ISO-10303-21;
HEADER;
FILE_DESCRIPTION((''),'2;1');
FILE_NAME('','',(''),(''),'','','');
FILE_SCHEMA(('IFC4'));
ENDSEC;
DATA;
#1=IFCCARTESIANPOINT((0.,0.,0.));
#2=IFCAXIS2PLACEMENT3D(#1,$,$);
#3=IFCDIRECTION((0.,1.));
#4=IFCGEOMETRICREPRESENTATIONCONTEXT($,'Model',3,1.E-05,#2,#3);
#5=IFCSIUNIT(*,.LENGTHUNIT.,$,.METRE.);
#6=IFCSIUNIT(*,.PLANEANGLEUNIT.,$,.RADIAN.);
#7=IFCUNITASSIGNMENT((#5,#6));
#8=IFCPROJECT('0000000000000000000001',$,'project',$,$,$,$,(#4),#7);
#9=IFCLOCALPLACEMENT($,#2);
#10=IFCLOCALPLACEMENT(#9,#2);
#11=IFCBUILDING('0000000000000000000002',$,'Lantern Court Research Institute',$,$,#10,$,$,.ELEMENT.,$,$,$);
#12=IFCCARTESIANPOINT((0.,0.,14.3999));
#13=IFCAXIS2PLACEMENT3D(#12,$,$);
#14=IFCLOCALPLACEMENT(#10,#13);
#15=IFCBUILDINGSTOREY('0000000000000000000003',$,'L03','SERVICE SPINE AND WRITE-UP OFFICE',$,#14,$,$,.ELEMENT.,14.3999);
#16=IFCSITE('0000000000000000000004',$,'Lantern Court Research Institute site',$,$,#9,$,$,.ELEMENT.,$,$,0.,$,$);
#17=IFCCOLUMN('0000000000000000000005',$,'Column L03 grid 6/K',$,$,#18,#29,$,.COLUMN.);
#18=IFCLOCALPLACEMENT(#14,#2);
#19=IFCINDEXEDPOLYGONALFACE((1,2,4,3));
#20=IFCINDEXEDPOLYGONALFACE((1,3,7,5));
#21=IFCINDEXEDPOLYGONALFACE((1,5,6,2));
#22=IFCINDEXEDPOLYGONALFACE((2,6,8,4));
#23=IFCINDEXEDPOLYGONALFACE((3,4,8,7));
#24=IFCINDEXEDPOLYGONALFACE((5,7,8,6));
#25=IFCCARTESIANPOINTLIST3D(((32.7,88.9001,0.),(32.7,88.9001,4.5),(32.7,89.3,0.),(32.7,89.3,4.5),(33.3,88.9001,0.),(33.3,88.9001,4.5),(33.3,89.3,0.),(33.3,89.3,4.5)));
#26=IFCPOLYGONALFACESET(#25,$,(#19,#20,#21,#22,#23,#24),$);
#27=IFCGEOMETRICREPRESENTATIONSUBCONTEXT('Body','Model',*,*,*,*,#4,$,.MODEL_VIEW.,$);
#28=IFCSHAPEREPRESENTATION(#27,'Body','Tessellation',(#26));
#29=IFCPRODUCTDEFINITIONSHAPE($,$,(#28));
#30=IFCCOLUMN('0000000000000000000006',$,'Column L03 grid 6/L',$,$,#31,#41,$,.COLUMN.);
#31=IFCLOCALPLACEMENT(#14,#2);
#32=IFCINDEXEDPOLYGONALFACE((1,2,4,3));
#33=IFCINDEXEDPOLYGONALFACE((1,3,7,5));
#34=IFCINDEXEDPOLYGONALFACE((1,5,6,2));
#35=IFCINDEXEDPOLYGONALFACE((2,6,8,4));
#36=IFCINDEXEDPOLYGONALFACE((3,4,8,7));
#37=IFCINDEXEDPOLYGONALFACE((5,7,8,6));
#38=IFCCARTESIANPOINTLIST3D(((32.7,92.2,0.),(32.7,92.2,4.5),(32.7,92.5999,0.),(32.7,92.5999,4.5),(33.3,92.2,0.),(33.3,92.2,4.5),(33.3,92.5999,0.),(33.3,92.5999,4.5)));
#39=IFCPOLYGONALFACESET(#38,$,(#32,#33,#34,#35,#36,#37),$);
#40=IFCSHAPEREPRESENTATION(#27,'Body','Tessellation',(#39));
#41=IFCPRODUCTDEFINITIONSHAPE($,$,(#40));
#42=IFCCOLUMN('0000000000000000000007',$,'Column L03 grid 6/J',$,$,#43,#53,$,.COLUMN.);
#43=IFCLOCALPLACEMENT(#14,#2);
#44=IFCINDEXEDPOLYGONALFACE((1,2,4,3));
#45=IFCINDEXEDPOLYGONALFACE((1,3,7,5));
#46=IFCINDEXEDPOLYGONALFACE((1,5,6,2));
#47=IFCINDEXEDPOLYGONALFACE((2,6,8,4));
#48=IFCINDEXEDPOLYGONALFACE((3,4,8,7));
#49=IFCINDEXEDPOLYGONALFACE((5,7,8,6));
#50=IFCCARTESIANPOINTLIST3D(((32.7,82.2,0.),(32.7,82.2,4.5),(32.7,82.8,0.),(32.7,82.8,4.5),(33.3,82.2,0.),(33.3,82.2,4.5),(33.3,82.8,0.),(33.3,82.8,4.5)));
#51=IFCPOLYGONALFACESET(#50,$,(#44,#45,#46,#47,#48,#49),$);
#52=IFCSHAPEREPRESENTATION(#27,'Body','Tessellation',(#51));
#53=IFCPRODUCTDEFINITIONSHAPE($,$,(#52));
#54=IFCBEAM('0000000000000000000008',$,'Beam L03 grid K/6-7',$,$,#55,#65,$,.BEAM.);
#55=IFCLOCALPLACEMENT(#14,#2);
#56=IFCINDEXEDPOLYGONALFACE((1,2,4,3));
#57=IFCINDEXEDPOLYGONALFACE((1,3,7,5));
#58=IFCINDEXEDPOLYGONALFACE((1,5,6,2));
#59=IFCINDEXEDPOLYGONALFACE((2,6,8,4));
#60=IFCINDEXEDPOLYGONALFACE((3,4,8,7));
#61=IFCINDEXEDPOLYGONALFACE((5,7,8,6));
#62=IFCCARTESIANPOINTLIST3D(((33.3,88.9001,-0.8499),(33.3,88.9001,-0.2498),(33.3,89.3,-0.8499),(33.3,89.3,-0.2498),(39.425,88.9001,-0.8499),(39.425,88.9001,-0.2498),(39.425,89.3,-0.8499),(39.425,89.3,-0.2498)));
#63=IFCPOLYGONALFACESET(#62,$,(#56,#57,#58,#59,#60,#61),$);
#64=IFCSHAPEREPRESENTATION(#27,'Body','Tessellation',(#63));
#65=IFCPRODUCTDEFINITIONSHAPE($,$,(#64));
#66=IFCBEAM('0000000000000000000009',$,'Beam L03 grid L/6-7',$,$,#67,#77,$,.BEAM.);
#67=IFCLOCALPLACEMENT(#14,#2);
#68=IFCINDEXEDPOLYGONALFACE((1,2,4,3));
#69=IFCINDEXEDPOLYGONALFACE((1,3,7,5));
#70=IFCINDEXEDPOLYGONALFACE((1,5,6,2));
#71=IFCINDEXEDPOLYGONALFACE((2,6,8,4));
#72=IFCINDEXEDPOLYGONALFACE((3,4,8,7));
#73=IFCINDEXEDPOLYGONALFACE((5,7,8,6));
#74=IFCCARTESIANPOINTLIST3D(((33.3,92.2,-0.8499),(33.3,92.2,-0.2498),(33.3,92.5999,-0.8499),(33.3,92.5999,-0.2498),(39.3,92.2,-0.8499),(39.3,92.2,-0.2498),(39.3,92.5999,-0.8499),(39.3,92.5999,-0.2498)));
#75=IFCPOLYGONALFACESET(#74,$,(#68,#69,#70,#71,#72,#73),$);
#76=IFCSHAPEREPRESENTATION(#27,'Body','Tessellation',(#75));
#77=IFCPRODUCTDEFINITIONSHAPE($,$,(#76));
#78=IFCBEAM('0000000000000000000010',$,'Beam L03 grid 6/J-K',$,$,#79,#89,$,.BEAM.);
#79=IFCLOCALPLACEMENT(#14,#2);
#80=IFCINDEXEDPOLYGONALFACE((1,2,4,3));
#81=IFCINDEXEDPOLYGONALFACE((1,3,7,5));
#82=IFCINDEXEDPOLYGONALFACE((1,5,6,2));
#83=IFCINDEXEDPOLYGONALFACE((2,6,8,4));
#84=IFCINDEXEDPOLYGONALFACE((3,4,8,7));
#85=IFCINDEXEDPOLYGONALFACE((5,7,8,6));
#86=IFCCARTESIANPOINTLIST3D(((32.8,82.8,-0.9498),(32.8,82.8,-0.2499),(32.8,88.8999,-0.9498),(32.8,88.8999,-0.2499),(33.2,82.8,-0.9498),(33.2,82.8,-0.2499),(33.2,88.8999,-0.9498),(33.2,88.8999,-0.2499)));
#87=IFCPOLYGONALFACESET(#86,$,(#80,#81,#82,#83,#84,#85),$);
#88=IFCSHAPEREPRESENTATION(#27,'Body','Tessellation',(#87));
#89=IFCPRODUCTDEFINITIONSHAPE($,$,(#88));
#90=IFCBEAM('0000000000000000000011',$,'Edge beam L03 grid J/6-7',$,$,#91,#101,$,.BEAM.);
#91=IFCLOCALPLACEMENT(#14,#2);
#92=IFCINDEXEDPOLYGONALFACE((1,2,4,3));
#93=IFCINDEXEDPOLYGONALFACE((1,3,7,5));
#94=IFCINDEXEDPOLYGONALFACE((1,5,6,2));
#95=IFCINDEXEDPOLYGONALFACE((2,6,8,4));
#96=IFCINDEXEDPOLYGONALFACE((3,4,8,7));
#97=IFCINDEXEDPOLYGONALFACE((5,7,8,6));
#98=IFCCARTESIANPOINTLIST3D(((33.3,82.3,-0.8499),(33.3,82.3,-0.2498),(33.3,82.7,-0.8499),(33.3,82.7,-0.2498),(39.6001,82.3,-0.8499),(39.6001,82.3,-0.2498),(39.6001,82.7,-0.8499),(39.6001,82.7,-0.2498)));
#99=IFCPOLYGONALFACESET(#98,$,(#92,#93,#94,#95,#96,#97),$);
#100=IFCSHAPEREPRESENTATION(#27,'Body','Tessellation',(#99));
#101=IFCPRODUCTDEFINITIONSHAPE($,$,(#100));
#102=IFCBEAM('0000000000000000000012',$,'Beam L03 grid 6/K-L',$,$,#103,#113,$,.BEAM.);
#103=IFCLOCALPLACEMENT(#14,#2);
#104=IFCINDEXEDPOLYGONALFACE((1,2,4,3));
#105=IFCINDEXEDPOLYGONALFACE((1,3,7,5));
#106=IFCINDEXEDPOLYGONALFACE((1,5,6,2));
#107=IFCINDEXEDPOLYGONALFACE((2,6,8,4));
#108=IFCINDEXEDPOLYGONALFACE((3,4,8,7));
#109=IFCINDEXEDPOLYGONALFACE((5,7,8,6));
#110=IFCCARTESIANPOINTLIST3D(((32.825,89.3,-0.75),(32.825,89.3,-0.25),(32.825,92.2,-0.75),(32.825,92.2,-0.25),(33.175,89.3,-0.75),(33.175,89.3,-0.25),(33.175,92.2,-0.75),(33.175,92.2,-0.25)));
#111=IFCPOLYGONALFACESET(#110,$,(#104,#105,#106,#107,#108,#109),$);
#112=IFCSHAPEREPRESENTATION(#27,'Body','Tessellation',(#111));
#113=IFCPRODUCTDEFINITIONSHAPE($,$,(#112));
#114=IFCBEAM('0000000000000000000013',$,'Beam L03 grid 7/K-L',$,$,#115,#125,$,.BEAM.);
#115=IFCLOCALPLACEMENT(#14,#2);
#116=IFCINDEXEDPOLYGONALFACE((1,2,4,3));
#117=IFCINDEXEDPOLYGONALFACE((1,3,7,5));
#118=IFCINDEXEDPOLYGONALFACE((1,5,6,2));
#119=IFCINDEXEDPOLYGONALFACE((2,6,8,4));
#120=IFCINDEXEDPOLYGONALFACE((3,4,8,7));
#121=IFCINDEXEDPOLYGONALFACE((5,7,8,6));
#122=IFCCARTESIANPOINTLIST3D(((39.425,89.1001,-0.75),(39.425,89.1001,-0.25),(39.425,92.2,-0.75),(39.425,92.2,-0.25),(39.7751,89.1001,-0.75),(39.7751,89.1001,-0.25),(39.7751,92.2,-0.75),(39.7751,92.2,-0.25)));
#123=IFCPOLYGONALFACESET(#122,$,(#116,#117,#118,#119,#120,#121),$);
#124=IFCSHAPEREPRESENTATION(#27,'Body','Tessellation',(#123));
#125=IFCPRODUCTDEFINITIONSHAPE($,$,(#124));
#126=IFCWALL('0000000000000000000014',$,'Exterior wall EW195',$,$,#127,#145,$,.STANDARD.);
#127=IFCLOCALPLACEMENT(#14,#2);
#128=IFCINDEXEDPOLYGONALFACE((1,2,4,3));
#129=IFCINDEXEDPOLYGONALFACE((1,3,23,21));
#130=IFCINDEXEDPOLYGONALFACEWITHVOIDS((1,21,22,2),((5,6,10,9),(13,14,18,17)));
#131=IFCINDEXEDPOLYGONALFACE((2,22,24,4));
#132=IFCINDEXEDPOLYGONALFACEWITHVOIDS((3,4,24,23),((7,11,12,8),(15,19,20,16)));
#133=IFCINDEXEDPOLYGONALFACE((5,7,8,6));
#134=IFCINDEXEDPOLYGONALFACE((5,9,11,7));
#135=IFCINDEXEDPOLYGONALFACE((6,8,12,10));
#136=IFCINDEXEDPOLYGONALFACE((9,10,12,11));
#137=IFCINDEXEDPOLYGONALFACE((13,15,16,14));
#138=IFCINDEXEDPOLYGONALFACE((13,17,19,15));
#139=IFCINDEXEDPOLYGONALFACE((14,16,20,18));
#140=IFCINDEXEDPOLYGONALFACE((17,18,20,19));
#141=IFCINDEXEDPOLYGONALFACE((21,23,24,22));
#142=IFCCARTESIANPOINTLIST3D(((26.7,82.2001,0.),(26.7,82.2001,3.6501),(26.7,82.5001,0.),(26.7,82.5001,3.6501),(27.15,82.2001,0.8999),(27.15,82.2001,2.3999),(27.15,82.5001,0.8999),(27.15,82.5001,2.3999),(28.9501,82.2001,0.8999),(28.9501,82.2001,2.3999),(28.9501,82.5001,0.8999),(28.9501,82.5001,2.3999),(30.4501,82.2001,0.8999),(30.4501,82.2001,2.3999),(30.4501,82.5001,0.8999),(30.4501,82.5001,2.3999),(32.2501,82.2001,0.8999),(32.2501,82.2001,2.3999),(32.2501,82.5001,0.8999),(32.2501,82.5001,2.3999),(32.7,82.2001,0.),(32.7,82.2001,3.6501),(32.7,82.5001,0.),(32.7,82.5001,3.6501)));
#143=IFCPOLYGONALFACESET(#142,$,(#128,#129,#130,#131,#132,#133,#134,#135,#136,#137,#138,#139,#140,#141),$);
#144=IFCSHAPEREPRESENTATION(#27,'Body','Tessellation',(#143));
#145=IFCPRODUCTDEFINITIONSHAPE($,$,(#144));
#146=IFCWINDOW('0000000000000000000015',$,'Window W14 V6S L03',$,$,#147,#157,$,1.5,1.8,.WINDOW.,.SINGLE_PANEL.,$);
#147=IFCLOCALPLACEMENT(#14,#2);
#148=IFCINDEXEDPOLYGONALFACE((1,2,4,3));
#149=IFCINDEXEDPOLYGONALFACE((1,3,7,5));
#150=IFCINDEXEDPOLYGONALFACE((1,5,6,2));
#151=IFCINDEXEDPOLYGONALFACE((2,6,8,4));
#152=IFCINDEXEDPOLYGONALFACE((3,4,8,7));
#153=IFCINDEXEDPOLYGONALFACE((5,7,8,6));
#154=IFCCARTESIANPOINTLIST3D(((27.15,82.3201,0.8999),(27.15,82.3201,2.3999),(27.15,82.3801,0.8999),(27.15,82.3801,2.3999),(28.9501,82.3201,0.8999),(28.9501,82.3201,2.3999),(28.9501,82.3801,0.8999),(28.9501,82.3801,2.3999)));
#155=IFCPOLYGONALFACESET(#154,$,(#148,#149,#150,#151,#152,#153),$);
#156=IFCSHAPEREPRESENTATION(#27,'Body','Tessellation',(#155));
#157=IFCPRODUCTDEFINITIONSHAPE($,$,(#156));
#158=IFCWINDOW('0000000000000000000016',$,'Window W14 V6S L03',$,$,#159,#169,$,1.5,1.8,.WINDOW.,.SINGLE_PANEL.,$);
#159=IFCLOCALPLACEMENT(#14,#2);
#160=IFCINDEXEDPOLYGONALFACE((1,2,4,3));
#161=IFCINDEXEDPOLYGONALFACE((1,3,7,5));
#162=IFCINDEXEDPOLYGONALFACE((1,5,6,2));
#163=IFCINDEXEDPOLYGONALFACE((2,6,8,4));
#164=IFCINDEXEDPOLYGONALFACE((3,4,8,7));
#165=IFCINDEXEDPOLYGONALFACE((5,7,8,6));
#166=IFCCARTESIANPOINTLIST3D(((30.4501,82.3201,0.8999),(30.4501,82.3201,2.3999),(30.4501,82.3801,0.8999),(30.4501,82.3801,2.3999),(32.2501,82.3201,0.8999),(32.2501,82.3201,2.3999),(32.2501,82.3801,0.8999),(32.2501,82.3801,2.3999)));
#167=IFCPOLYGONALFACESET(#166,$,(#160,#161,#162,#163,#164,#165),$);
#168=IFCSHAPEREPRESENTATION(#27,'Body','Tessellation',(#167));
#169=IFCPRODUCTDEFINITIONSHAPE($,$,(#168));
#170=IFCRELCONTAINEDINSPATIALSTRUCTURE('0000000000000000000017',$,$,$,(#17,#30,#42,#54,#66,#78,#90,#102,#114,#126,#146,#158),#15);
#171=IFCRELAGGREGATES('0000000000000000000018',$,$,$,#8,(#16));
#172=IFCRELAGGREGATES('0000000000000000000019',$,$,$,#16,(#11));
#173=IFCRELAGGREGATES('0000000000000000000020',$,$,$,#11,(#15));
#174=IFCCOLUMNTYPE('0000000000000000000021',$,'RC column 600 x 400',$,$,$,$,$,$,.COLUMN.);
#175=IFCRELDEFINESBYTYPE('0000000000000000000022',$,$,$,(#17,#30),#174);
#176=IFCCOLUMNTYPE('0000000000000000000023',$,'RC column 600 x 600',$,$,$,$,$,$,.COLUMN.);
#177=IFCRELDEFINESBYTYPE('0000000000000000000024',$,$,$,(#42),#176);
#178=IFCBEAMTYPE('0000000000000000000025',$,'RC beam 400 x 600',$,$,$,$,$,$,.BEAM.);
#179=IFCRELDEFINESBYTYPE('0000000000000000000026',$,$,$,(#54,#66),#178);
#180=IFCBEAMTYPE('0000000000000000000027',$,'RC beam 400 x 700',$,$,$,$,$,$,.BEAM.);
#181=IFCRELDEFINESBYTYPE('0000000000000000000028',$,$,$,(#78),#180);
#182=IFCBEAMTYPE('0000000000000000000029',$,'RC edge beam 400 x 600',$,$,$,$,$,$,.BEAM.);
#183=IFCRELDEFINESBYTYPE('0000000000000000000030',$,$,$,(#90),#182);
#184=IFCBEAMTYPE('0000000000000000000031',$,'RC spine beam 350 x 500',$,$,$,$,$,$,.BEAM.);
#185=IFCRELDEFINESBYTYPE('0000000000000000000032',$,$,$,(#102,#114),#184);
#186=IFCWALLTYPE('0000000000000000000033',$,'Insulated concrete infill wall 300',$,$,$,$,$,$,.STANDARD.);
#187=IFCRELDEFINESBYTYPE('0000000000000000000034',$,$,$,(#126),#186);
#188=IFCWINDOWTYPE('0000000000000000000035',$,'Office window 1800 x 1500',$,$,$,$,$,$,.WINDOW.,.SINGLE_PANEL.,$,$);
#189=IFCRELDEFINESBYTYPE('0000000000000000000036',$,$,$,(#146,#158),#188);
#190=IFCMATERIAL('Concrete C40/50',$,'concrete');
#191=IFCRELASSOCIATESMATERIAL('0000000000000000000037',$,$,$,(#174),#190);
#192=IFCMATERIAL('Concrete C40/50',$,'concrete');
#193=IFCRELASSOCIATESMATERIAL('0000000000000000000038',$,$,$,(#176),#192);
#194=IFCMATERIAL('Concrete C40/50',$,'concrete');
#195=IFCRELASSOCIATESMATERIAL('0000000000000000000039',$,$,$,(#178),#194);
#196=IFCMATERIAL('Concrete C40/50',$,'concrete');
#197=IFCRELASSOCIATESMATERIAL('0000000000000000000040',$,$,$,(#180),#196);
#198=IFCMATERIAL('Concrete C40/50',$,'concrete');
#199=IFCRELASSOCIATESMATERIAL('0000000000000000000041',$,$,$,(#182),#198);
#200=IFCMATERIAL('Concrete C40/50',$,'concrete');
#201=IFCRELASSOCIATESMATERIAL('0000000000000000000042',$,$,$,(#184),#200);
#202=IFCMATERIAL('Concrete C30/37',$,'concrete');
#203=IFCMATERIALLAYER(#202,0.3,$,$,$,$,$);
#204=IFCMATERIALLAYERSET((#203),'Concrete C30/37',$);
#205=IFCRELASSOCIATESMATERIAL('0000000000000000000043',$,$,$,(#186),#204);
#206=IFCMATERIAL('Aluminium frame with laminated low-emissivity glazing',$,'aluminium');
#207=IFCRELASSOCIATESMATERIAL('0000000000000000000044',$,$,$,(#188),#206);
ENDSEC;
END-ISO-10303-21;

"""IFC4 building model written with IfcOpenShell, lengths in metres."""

from ifc_helpers import new_model, si_unit, direction, frame, frame_2d, origin, origin_2d, place, context, subcontext, project, spatial, rectangle, extrude, material, layer, layer_set, material_profile, profile_set, type_object, element, fill, save


model = new_model("IFC4")

# Units and contexts
model_context = context("Model", 3, precision=1e-05, world=origin(), true_north=direction((0.0, 1.0)))
body_context = subcontext(model_context, "Body", "Model", "MODEL_VIEW")
ifc_project = project(units=[si_unit("LENGTHUNIT", "METRE"), si_unit("PLANEANGLEUNIT", "RADIAN")], contexts=[model_context])

# Site, building, storey
site_placement = place(None, origin())
site = spatial("IfcSite", under=ifc_project, at=site_placement, Name="Lantern Court Research Institute site", CompositionType="ELEMENT", RefElevation=0.0)
building_placement = place(site_placement, origin())
building = spatial("IfcBuilding", under=site, at=building_placement, Name="Lantern Court Research Institute", CompositionType="ELEMENT")
storey_placement = place(building_placement, frame((0.0, 0.0, 14.3999)))
storey = spatial("IfcBuildingStorey", under=building, at=storey_placement, Name="L03", Description="SERVICE SPINE AND WRITE-UP OFFICE", CompositionType="ELEMENT", Elevation=14.3999)

# Columns
ifc_material_1 = material(Name="Concrete C40/50", Category="concrete")
ifc_material_profile_1 = material_profile(ifc_material_1, rectangle(XDim=0.6001, YDim=0.3999, at=origin_2d()), Name="RC column 600 x 400")
ifc_profile_set_1 = profile_set([ifc_material_profile_1], Name="Concrete C40/50")
column_type_1 = type_object("IfcColumnType", Name="RC column 600 x 400", PredefinedType="COLUMN", material=ifc_profile_set_1)
for number, where, z_axis, x_axis, name in (
    (1, (33.0, 89.1001, 0.0), (0.0, 0.0, 1.0), (1.0, 0.0, 0.0), "Column L03 grid 6/K"),
    (2, (33.0, 92.3999, 0.0), (0.0, 0.0, 1.0), (1.0, 0.0, 0.0), "Column L03 grid 6/L"),
):
    element("IfcColumn", number, at=place(storey_placement, frame(where, z_axis=z_axis, x_axis=x_axis)), inside=storey, type_object=column_type_1, Name=name, PredefinedType="COLUMN", context=body_context, shape_type="SweptSolid", body=[
        extrude(rectangle(XDim=0.6001, YDim=0.3999, at=origin_2d()), origin(), (0.0, 0.0, 1.0), 4.5),
    ])
ifc_material_2 = material(Name="Concrete C40/50", Category="concrete")
ifc_material_profile_2 = material_profile(ifc_material_2, rectangle(XDim=0.6001, YDim=0.6001, at=origin_2d()), Name="RC column 600 x 600")
ifc_profile_set_2 = profile_set([ifc_material_profile_2], Name="Concrete C40/50")
column_type_2 = type_object("IfcColumnType", Name="RC column 600 x 600", PredefinedType="COLUMN", material=ifc_profile_set_2)
column_placement = place(storey_placement, frame((33.0, 82.5, 0.0), z_axis=(0.0, 0.0, 1.0), x_axis=(1.0, 0.0, 0.0)))
element("IfcColumn", 3, at=column_placement, inside=storey, type_object=column_type_2, Name="Column L03 grid 6/J", PredefinedType="COLUMN", context=body_context, shape_type="SweptSolid", body=[
    extrude(rectangle(XDim=0.6001, YDim=0.6001, at=origin_2d()), origin(), (0.0, 0.0, 1.0), 4.5),
])

# Beams
ifc_material_3 = material(Name="Concrete C40/50", Category="concrete")
ifc_material_profile_3 = material_profile(ifc_material_3, rectangle(XDim=0.3999, YDim=0.6001, at=origin_2d()), Name="RC beam 400 x 600")
ifc_profile_set_3 = profile_set([ifc_material_profile_3], Name="Concrete C40/50")
beam_type_1 = type_object("IfcBeamType", Name="RC beam 400 x 600", PredefinedType="BEAM", material=ifc_profile_set_3)
beam_1_placement = place(storey_placement, frame((33.3, 89.1001, -0.5498), z_axis=(1.0, 0.0, 0.0), x_axis=(0.0, 1.0, 0.0)))
element("IfcBeam", 4, at=beam_1_placement, inside=storey, type_object=beam_type_1, Name="Beam L03 grid K/6-7", PredefinedType="BEAM", context=body_context, shape_type="SweptSolid", body=[
    extrude(rectangle(XDim=0.3999, YDim=0.6001, at=origin_2d()), origin(), (0.0, 0.0, 1.0), 6.125),
])
beam_2_placement = place(storey_placement, frame((33.3, 92.3999, -0.5498), z_axis=(1.0, 0.0, 0.0), x_axis=(0.0, 1.0, 0.0)))
element("IfcBeam", 5, at=beam_2_placement, inside=storey, type_object=beam_type_1, Name="Beam L03 grid L/6-7", PredefinedType="BEAM", context=body_context, shape_type="SweptSolid", body=[
    extrude(rectangle(XDim=0.3999, YDim=0.6001, at=origin_2d()), origin(), (0.0, 0.0, 1.0), 6.0),
])
ifc_material_4 = material(Name="Concrete C40/50", Category="concrete")
ifc_material_profile_4 = material_profile(ifc_material_4, rectangle(XDim=0.3999, YDim=0.7, at=origin_2d()), Name="RC beam 400 x 700")
ifc_profile_set_4 = profile_set([ifc_material_profile_4], Name="Concrete C40/50")
beam_type_2 = type_object("IfcBeamType", Name="RC beam 400 x 700", PredefinedType="BEAM", material=ifc_profile_set_4)
beam_3_placement = place(storey_placement, frame((33.0, 82.8, -0.5999), z_axis=(0.0, 1.0, 0.0), x_axis=(-1.0, 0.0, 0.0)))
element("IfcBeam", 6, at=beam_3_placement, inside=storey, type_object=beam_type_2, Name="Beam L03 grid 6/J-K", PredefinedType="BEAM", context=body_context, shape_type="SweptSolid", body=[
    extrude(rectangle(XDim=0.3999, YDim=0.7, at=origin_2d()), origin(), (0.0, 0.0, 1.0), 6.0999),
])
ifc_material_5 = material(Name="Concrete C40/50", Category="concrete")
ifc_material_profile_5 = material_profile(ifc_material_5, rectangle(XDim=0.3999, YDim=0.6001, at=origin_2d()), Name="RC beam 400 x 600")
ifc_profile_set_5 = profile_set([ifc_material_profile_5], Name="Concrete C40/50")
beam_type_3 = type_object("IfcBeamType", Name="RC edge beam 400 x 600", PredefinedType="BEAM", material=ifc_profile_set_5)
beam_4_placement = place(storey_placement, frame((33.3, 82.5, -0.5498), z_axis=(1.0, 0.0, 0.0), x_axis=(0.0, 1.0, 0.0)))
element("IfcBeam", 7, at=beam_4_placement, inside=storey, type_object=beam_type_3, Name="Edge beam L03 grid J/6-7", PredefinedType="BEAM", context=body_context, shape_type="SweptSolid", body=[
    extrude(rectangle(XDim=0.3999, YDim=0.6001, at=origin_2d()), origin(), (0.0, 0.0, 1.0), 6.3),
])
ifc_material_6 = material(Name="Concrete C40/50", Category="concrete")
ifc_material_profile_6 = material_profile(ifc_material_6, rectangle(XDim=0.3501, YDim=0.5, at=origin_2d()), Name="RC beam 350 x 500")
ifc_profile_set_6 = profile_set([ifc_material_profile_6], Name="Concrete C40/50")
beam_type_4 = type_object("IfcBeamType", Name="RC spine beam 350 x 500", PredefinedType="BEAM", material=ifc_profile_set_6)
beam_5_placement = place(storey_placement, frame((33.0, 89.3, -0.5), z_axis=(0.0, 1.0, 0.0), x_axis=(-1.0, 0.0, 0.0)))
element("IfcBeam", 8, at=beam_5_placement, inside=storey, type_object=beam_type_4, Name="Beam L03 grid 6/K-L", PredefinedType="BEAM", context=body_context, shape_type="SweptSolid", body=[
    extrude(rectangle(XDim=0.3501, YDim=0.5, at=origin_2d()), origin(), (0.0, 0.0, 1.0), 2.8999),
])
beam_6_placement = place(storey_placement, frame((39.6001, 89.1001, -0.5), z_axis=(0.0, 1.0, 0.0), x_axis=(-1.0, 0.0, 0.0)))
element("IfcBeam", 9, at=beam_6_placement, inside=storey, type_object=beam_type_4, Name="Beam L03 grid 7/K-L", PredefinedType="BEAM", context=body_context, shape_type="SweptSolid", body=[
    extrude(rectangle(XDim=0.3501, YDim=0.5, at=origin_2d()), origin(), (0.0, 0.0, 1.0), 3.0999),
])

# Wall, openings, windows
ifc_material_7 = material(Name="Concrete C30/37", Category="concrete")
ifc_layer_1 = layer(ifc_material_7, 0.3)
ifc_layer_set_1 = layer_set([ifc_layer_1], Name="Concrete C30/37")
wall_type_1 = type_object("IfcWallType", Name="Insulated concrete infill wall 300", PredefinedType="STANDARD", material=ifc_layer_set_1)
wall_1_placement = place(storey_placement, frame((32.7, 82.3501, 0.0), z_axis=(0.0, 0.0, 1.0), x_axis=(-1.0, 0.0, 0.0)))
wall_1 = element("IfcWall", 10, at=wall_1_placement, inside=storey, type_object=wall_type_1, Name="Exterior wall EW195", PredefinedType="STANDARD", context=body_context, shape_type="SweptSolid", body=[
    extrude(rectangle(XDim=6.0, YDim=0.3, at=frame_2d((3.0, 0.0))), origin(), (0.0, 0.0, 1.0), 3.6501),
])
opening_1_placement = place(wall_1_placement, frame((3.75, 0.0, 0.8999)))
opening_1 = element("IfcOpeningElement", 11, at=opening_1_placement, cuts=wall_1, PredefinedType="OPENING", context=body_context, shape_type="SweptSolid", body=[
    extrude(rectangle(XDim=1.8, YDim=1.5, at=frame_2d((0.8999, 0.75))), frame((0.0, 0.1599, 0.0), z_axis=(0.0, -1.0, 0.0), x_axis=(1.0, 0.0, 0.0)), (0.0, 0.0, 1.0), 0.3201),
])
opening_2_placement = place(wall_1_placement, frame((0.45, 0.0, 0.8999)))
opening_2 = element("IfcOpeningElement", 12, at=opening_2_placement, cuts=wall_1, PredefinedType="OPENING", context=body_context, shape_type="SweptSolid", body=[
    extrude(rectangle(XDim=1.8, YDim=1.5, at=frame_2d((0.8999, 0.75))), frame((0.0, 0.1599, 0.0), z_axis=(0.0, -1.0, 0.0), x_axis=(1.0, 0.0, 0.0)), (0.0, 0.0, 1.0), 0.3201),
])
ifc_material_8 = material(Name="Aluminium frame with laminated low-emissivity glazing", Category="aluminium")
window_type = type_object("IfcWindowType", Name="Office window 1800 x 1500", PartitioningType="SINGLE_PANEL", PredefinedType="WINDOW", material=ifc_material_8)
window_1_placement = place(opening_1_placement, origin())
window_1 = element("IfcWindow", 13, at=window_1_placement, inside=storey, type_object=window_type, Name="Window W14 V6S L03", OverallHeight=1.5, OverallWidth=1.8, PartitioningType="SINGLE_PANEL", PredefinedType="WINDOW", context=body_context, shape_type="SweptSolid", body=[
    extrude(rectangle(XDim=1.8, YDim=1.5, at=frame_2d((0.8999, 0.75))), frame((0.0, 0.03, 0.0), z_axis=(0.0, -1.0, 0.0), x_axis=(1.0, 0.0, 0.0)), (0.0, 0.0, 1.0), 0.0601),
])
fill(opening_1, window_1)
window_2_placement = place(opening_2_placement, origin())
window_2 = element("IfcWindow", 14, at=window_2_placement, inside=storey, type_object=window_type, Name="Window W14 V6S L03", OverallHeight=1.5, OverallWidth=1.8, PartitioningType="SINGLE_PANEL", PredefinedType="WINDOW", context=body_context, shape_type="SweptSolid", body=[
    extrude(rectangle(XDim=1.8, YDim=1.5, at=frame_2d((0.8999, 0.75))), frame((0.0, 0.03, 0.0), z_axis=(0.0, -1.0, 0.0), x_axis=(1.0, 0.0, 0.0)), (0.0, 0.0, 1.0), 0.0601),
])
fill(opening_2, window_2)

save(model, "model.ifc")
